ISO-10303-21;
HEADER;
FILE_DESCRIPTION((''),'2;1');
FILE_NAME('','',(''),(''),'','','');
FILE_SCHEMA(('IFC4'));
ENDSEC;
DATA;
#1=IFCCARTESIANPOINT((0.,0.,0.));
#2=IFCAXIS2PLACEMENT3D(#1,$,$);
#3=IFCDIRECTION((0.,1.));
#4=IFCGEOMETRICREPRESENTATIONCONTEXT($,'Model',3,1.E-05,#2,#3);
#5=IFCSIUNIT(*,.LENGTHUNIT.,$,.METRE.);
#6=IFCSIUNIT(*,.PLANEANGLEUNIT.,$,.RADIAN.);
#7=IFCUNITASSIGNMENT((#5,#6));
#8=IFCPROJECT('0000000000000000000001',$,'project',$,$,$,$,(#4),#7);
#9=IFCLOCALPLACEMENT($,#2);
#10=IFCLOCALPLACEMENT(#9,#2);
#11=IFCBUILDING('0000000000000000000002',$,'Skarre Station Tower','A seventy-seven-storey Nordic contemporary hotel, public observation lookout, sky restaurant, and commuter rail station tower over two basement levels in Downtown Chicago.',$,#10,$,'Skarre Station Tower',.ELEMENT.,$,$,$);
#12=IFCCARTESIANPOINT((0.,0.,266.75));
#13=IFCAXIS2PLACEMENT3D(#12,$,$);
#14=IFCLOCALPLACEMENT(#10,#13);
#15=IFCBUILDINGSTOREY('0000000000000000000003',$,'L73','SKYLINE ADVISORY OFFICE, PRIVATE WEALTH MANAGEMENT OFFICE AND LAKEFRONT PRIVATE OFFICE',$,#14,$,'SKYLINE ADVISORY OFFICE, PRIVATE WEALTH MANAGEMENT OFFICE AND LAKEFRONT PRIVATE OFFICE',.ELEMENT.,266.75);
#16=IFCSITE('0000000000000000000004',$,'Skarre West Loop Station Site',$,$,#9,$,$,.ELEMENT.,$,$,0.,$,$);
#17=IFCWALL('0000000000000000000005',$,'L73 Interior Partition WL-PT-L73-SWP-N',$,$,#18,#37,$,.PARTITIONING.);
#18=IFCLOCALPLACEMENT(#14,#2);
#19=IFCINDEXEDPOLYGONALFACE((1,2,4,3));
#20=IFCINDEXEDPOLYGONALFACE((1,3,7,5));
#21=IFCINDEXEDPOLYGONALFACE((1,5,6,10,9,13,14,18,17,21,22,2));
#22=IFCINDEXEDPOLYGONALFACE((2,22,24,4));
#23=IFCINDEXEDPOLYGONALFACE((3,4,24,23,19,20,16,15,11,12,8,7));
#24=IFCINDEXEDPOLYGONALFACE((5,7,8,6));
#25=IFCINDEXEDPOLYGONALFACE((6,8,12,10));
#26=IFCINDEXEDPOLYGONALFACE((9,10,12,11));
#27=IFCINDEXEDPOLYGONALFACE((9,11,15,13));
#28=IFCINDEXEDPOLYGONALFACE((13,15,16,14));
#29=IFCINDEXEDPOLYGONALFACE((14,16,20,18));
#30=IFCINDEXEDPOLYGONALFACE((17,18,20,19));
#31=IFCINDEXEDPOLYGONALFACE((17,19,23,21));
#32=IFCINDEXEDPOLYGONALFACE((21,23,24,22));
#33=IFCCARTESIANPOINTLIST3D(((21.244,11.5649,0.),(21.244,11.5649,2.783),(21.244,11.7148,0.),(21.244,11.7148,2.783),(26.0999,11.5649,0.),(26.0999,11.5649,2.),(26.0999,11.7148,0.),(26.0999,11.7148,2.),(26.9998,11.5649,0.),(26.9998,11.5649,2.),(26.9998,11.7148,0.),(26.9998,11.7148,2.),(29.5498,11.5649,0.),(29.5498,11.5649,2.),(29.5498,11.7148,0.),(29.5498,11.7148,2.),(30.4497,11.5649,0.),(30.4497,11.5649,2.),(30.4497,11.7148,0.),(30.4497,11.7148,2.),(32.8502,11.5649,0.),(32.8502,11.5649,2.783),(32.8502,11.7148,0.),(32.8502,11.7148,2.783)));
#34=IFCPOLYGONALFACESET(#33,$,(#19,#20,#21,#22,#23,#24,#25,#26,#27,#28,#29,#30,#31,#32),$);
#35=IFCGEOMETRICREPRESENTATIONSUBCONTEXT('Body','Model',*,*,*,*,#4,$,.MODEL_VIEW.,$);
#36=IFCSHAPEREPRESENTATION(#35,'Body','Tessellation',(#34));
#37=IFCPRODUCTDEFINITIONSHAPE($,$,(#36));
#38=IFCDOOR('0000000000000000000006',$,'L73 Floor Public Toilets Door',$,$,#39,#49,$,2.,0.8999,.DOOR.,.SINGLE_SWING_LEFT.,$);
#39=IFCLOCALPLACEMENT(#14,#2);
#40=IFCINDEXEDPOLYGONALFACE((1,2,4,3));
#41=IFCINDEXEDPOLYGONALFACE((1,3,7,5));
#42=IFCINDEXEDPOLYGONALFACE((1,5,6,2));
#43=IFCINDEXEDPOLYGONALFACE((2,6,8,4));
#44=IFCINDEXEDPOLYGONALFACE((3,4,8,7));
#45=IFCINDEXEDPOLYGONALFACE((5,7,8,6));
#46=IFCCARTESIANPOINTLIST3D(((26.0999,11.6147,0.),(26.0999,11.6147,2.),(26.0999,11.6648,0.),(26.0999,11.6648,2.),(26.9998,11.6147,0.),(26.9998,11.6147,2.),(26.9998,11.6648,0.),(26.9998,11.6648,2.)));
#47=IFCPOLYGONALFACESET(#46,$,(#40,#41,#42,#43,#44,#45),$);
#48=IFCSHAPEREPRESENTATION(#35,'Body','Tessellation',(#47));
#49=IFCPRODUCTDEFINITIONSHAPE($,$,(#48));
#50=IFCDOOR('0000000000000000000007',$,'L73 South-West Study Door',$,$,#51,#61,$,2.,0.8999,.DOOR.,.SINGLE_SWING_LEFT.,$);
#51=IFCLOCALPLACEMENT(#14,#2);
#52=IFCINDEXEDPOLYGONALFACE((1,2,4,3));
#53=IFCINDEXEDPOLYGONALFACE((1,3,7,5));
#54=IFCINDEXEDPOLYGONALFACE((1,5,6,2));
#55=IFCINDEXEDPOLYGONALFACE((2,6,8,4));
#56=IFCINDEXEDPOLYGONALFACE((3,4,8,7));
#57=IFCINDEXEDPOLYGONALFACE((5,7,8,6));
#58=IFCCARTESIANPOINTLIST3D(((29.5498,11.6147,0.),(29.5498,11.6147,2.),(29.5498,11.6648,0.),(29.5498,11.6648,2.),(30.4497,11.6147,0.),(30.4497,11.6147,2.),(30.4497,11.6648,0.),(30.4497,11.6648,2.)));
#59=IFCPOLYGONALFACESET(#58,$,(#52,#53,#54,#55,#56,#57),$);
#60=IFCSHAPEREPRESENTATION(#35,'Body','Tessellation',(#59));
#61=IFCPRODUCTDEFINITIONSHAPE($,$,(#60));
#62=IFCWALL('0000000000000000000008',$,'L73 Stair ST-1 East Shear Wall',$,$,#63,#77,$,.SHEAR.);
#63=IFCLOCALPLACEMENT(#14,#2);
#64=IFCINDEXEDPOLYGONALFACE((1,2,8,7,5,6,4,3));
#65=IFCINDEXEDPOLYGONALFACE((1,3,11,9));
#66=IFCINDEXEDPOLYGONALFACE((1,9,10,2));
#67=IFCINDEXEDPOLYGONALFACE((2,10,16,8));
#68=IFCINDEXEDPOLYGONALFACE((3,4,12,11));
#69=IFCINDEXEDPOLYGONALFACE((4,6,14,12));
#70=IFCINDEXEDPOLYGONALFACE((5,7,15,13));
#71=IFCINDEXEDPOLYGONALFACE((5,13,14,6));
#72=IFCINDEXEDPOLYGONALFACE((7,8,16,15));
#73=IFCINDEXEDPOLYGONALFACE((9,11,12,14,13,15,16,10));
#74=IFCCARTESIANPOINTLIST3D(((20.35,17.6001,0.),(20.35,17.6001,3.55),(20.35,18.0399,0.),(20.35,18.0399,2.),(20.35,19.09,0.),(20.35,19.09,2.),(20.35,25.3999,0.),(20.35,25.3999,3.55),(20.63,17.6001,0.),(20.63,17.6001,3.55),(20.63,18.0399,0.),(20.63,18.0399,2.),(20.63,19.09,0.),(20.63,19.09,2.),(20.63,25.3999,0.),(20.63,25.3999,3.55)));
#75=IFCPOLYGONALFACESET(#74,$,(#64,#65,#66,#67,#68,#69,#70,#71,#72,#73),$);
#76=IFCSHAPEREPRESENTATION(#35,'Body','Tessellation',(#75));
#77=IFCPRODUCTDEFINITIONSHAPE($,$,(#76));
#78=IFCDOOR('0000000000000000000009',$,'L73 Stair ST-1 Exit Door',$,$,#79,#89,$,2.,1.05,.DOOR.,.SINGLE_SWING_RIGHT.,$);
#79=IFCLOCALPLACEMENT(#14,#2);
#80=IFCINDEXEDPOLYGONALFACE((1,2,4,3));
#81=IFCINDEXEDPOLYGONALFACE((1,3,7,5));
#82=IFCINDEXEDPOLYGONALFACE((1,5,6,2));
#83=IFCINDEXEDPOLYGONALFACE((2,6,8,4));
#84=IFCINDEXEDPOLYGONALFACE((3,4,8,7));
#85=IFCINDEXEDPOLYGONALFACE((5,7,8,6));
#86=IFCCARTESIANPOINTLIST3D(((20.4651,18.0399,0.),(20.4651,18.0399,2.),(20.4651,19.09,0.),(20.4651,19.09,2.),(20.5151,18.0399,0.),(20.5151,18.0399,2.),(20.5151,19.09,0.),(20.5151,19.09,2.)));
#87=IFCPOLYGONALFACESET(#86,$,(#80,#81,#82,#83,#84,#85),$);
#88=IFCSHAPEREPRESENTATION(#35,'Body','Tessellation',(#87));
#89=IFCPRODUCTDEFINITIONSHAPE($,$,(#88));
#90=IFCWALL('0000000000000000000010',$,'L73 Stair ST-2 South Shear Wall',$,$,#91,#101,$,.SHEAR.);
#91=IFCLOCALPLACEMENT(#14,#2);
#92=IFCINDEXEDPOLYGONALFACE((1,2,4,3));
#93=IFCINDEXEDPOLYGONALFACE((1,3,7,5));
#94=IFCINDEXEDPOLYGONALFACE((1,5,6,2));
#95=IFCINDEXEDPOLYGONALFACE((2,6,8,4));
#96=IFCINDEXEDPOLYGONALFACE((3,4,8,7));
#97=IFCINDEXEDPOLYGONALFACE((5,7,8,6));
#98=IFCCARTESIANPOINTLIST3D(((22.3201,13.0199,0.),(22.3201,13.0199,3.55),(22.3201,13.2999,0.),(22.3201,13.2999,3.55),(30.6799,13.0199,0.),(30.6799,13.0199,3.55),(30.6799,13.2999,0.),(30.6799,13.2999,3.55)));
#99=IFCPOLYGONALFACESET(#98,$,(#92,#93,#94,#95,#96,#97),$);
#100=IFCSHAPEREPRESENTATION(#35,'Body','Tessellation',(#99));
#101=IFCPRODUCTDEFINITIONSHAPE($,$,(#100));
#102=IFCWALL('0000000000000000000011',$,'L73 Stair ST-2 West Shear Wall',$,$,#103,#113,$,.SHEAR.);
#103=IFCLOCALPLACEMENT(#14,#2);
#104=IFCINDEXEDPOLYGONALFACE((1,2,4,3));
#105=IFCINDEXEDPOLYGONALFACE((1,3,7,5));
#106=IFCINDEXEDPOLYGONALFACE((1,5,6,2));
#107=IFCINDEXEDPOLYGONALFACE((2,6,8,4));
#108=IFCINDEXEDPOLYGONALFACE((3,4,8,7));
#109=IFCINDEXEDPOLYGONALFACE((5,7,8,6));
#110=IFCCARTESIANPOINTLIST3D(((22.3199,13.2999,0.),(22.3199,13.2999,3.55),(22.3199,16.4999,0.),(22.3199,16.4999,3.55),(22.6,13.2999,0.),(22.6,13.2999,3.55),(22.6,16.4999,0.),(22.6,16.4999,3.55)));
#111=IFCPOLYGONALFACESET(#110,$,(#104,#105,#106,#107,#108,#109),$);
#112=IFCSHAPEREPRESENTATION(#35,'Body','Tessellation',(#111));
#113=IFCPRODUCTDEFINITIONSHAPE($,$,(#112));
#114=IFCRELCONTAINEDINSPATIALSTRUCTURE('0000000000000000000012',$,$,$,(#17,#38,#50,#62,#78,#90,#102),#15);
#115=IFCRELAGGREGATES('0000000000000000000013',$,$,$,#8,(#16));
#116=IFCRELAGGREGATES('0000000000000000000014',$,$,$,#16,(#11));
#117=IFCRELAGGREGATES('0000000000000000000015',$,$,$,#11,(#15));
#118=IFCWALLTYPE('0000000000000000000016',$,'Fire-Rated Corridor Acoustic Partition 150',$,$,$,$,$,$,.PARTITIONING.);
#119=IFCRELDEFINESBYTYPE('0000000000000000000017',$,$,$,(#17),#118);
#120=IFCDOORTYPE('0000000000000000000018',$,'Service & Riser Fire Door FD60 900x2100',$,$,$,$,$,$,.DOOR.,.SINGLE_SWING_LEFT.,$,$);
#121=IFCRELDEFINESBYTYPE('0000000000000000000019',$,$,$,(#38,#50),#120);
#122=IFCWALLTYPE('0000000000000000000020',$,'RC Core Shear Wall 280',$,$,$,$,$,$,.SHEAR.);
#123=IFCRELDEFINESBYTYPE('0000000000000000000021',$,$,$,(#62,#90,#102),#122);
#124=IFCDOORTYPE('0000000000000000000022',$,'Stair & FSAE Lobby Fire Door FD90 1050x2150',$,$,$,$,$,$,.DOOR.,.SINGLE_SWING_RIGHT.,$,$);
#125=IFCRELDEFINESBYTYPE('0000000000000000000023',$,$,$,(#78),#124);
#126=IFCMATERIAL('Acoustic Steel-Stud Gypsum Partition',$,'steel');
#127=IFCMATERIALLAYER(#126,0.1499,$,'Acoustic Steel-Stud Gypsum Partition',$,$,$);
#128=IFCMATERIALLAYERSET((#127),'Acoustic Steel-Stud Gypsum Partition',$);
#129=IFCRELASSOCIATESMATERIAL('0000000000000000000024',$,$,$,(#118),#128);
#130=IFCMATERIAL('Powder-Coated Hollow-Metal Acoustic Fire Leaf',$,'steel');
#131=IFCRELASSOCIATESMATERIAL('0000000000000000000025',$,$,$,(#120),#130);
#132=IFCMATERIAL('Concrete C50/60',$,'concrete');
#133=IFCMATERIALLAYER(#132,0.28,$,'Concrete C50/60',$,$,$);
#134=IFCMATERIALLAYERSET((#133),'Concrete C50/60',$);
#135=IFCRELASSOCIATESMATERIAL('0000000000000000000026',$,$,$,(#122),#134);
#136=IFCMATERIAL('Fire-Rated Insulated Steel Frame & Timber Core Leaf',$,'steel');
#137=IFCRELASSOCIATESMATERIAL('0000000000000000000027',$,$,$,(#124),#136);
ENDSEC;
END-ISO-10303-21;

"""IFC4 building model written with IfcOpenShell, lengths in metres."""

from ifc_helpers import new_model, si_unit, direction, frame, frame_2d, origin, place, context, subcontext, project, spatial, rectangle, extrude, material, layer, layer_set, type_object, element, fill, save


model = new_model("IFC4")

# Units and contexts
model_context = context("Model", 3, precision=1e-05, world=origin(), true_north=direction((0.0, 1.0)))
body_context = subcontext(model_context, "Body", "Model", "MODEL_VIEW")
ifc_project = project(units=[si_unit("LENGTHUNIT", "METRE"), si_unit("PLANEANGLEUNIT", "RADIAN")], contexts=[model_context])

# Site, building, storey
site_placement = place(None, origin())
site = spatial("IfcSite", under=ifc_project, at=site_placement, Name="Skarre West Loop Station Site", CompositionType="ELEMENT", RefElevation=0.0)
building_placement = place(site_placement, origin())
building = spatial("IfcBuilding", under=site, at=building_placement, Name="Skarre Station Tower", Description="A seventy-seven-storey Nordic contemporary hotel, public observation lookout, sky restaurant, and commuter rail station tower over two basement levels in Downtown Chicago.", LongName="Skarre Station Tower", CompositionType="ELEMENT")
storey_placement = place(building_placement, frame((0.0, 0.0, 266.75)))
storey = spatial("IfcBuildingStorey", under=building, at=storey_placement, Name="L73", Description="SKYLINE ADVISORY OFFICE, PRIVATE WEALTH MANAGEMENT OFFICE AND LAKEFRONT PRIVATE OFFICE", LongName="SKYLINE ADVISORY OFFICE, PRIVATE WEALTH MANAGEMENT OFFICE AND LAKEFRONT PRIVATE OFFICE", CompositionType="ELEMENT", Elevation=266.75)

# Shared definitions
ifc_material_1 = material(Name="Concrete C50/60", Category="concrete")

# Shared definitions
ifc_material_2 = material(Name="Acoustic Steel-Stud Gypsum Partition", Category="steel")
ifc_layer_1 = layer(ifc_material_2, 0.1499, Name="Acoustic Steel-Stud Gypsum Partition")
ifc_layer_set_1 = layer_set([ifc_layer_1], Name="Acoustic Steel-Stud Gypsum Partition")
wall_type_1 = type_object("IfcWallType", Name="Fire-Rated Corridor Acoustic Partition 150", PredefinedType="PARTITIONING", material=ifc_layer_set_1)

# Shared definitions
ifc_material_3 = material(Name="Powder-Coated Hollow-Metal Acoustic Fire Leaf", Category="steel")

# Wall, openings, doors
wall_1_placement = place(storey_placement, frame((21.2439, 11.6399, 0.0), z_axis=(0.0, 0.0, 1.0), x_axis=(1.0, 0.0, 0.0)))
wall_1 = element("IfcWall", 1, at=wall_1_placement, inside=storey, type_object=wall_type_1, Name="L73 Interior Partition WL-PT-L73-SWP-N", PredefinedType="PARTITIONING", context=body_context, shape_type="SweptSolid", body=[
    extrude(rectangle(XDim=11.6062, YDim=0.1499, at=frame_2d((5.8032, 0.0))), origin(), (0.0, 0.0, 1.0), 2.783),
])
opening_1_placement = place(wall_1_placement, frame((4.856, 0.0, 0.0)))
opening_1 = element("IfcOpeningElement", 2, at=opening_1_placement, cuts=wall_1, PredefinedType="OPENING", context=body_context, shape_type="SweptSolid", body=[
    extrude(rectangle(XDim=0.8999, YDim=2.0, at=frame_2d((0.45, 1.0))), frame((0.0, 0.085, 0.0), z_axis=(0.0, -1.0, 0.0), x_axis=(1.0, 0.0, 0.0)), (0.0, 0.0, 1.0), 0.1699),
])
opening_2_placement = place(wall_1_placement, frame((8.3059, 0.0, 0.0)))
opening_2 = element("IfcOpeningElement", 3, at=opening_2_placement, cuts=wall_1, PredefinedType="OPENING", context=body_context, shape_type="SweptSolid", body=[
    extrude(rectangle(XDim=0.8999, YDim=2.0, at=frame_2d((0.45, 1.0))), frame((0.0, 0.085, 0.0), z_axis=(0.0, -1.0, 0.0), x_axis=(1.0, 0.0, 0.0)), (0.0, 0.0, 1.0), 0.1699),
])
door_type_1 = type_object("IfcDoorType", Name="Service & Riser Fire Door FD60 900x2100", OperationType="SINGLE_SWING_LEFT", PredefinedType="DOOR", material=ifc_material_3)
door_1_placement = place(opening_1_placement, origin())
door_1 = element("IfcDoor", 4, at=door_1_placement, inside=storey, type_object=door_type_1, Name="L73 Floor Public Toilets Door", OperationType="SINGLE_SWING_LEFT", OverallHeight=2.0, OverallWidth=0.8999, PredefinedType="DOOR", context=body_context, shape_type="SweptSolid", body=[
    extrude(rectangle(XDim=0.8999, YDim=2.0, at=frame_2d((0.45, 1.0))), frame((0.0, 0.0249, 0.0), z_axis=(0.0, -1.0, 0.0), x_axis=(1.0, 0.0, 0.0)), (0.0, 0.0, 1.0), 0.05),
])
fill(opening_1, door_1)
door_2_placement = place(opening_2_placement, origin())
door_2 = element("IfcDoor", 5, at=door_2_placement, inside=storey, type_object=door_type_1, Name="L73 South-West Study Door", OperationType="SINGLE_SWING_LEFT", OverallHeight=2.0, OverallWidth=0.8999, PredefinedType="DOOR", context=body_context, shape_type="SweptSolid", body=[
    extrude(rectangle(XDim=0.8999, YDim=2.0, at=frame_2d((0.45, 1.0))), frame((0.0, 0.0249, 0.0), z_axis=(0.0, -1.0, 0.0), x_axis=(1.0, 0.0, 0.0)), (0.0, 0.0, 1.0), 0.05),
])
fill(opening_2, door_2)

# Wall, opening, door
ifc_layer_2 = layer(ifc_material_1, 0.28, Name="Concrete C50/60")
ifc_layer_set_2 = layer_set([ifc_layer_2], Name="Concrete C50/60")
wall_type_2 = type_object("IfcWallType", Name="RC Core Shear Wall 280", PredefinedType="SHEAR", material=ifc_layer_set_2)
wall_2_placement = place(storey_placement, frame((20.49, 17.6001, 0.0), z_axis=(0.0, 0.0, 1.0), x_axis=(0.0, 1.0, 0.0)))
wall_2 = element("IfcWall", 6, at=wall_2_placement, inside=storey, type_object=wall_type_2, Name="L73 Stair ST-1 East Shear Wall", PredefinedType="SHEAR", context=body_context, shape_type="SweptSolid", body=[
    extrude(rectangle(XDim=7.7998, YDim=0.28, at=frame_2d((3.8999, 0.0))), origin(), (0.0, 0.0, 1.0), 3.55),
])
opening_3_placement = place(wall_2_placement, frame((0.4399, 0.0, 0.0)))
opening_3 = element("IfcOpeningElement", 7, at=opening_3_placement, cuts=wall_2, PredefinedType="OPENING", context=body_context, shape_type="SweptSolid", body=[
    extrude(rectangle(XDim=1.05, YDim=2.0, at=frame_2d((0.5249, 1.0))), frame((0.0, 0.1499, 0.0), z_axis=(0.0, -1.0, 0.0), x_axis=(1.0, 0.0, 0.0)), (0.0, 0.0, 1.0), 0.3),
])
ifc_material_4 = material(Name="Fire-Rated Insulated Steel Frame & Timber Core Leaf", Category="steel")
door_type_2 = type_object("IfcDoorType", Name="Stair & FSAE Lobby Fire Door FD90 1050x2150", OperationType="SINGLE_SWING_RIGHT", PredefinedType="DOOR", material=ifc_material_4)
door_3_placement = place(opening_3_placement, origin())
door_3 = element("IfcDoor", 8, at=door_3_placement, inside=storey, type_object=door_type_2, Name="L73 Stair ST-1 Exit Door", OperationType="SINGLE_SWING_RIGHT", OverallHeight=2.0, OverallWidth=1.05, PredefinedType="DOOR", context=body_context, shape_type="SweptSolid", body=[
    extrude(rectangle(XDim=1.05, YDim=2.0, at=frame_2d((0.5249, 1.0))), frame((0.0, 0.0249, 0.0), z_axis=(0.0, -1.0, 0.0), x_axis=(1.0, 0.0, 0.0)), (0.0, 0.0, 1.0), 0.05),
])
fill(opening_3, door_3)

# Walls
wall_3_placement = place(storey_placement, frame((22.3201, 13.1599, 0.0), z_axis=(0.0, 0.0, 1.0), x_axis=(1.0, 0.0, 0.0)))
element("IfcWall", 9, at=wall_3_placement, inside=storey, type_object=wall_type_2, Name="L73 Stair ST-2 South Shear Wall", PredefinedType="SHEAR", context=body_context, shape_type="SweptSolid", body=[
    extrude(rectangle(XDim=8.3599, YDim=0.28, at=frame_2d((4.1799, 0.0))), origin(), (0.0, 0.0, 1.0), 3.55),
])
wall_4_placement = place(storey_placement, frame((22.46, 16.5, 0.0), z_axis=(0.0, 0.0, 1.0), x_axis=(0.0, -1.0, 0.0)))
element("IfcWall", 10, at=wall_4_placement, inside=storey, type_object=wall_type_2, Name="L73 Stair ST-2 West Shear Wall", PredefinedType="SHEAR", context=body_context, shape_type="SweptSolid", body=[
    extrude(rectangle(XDim=3.2, YDim=0.28, at=frame_2d((1.6001, 0.0))), origin(), (0.0, 0.0, 1.0), 3.55),
])

save(model, "model.ifc")
